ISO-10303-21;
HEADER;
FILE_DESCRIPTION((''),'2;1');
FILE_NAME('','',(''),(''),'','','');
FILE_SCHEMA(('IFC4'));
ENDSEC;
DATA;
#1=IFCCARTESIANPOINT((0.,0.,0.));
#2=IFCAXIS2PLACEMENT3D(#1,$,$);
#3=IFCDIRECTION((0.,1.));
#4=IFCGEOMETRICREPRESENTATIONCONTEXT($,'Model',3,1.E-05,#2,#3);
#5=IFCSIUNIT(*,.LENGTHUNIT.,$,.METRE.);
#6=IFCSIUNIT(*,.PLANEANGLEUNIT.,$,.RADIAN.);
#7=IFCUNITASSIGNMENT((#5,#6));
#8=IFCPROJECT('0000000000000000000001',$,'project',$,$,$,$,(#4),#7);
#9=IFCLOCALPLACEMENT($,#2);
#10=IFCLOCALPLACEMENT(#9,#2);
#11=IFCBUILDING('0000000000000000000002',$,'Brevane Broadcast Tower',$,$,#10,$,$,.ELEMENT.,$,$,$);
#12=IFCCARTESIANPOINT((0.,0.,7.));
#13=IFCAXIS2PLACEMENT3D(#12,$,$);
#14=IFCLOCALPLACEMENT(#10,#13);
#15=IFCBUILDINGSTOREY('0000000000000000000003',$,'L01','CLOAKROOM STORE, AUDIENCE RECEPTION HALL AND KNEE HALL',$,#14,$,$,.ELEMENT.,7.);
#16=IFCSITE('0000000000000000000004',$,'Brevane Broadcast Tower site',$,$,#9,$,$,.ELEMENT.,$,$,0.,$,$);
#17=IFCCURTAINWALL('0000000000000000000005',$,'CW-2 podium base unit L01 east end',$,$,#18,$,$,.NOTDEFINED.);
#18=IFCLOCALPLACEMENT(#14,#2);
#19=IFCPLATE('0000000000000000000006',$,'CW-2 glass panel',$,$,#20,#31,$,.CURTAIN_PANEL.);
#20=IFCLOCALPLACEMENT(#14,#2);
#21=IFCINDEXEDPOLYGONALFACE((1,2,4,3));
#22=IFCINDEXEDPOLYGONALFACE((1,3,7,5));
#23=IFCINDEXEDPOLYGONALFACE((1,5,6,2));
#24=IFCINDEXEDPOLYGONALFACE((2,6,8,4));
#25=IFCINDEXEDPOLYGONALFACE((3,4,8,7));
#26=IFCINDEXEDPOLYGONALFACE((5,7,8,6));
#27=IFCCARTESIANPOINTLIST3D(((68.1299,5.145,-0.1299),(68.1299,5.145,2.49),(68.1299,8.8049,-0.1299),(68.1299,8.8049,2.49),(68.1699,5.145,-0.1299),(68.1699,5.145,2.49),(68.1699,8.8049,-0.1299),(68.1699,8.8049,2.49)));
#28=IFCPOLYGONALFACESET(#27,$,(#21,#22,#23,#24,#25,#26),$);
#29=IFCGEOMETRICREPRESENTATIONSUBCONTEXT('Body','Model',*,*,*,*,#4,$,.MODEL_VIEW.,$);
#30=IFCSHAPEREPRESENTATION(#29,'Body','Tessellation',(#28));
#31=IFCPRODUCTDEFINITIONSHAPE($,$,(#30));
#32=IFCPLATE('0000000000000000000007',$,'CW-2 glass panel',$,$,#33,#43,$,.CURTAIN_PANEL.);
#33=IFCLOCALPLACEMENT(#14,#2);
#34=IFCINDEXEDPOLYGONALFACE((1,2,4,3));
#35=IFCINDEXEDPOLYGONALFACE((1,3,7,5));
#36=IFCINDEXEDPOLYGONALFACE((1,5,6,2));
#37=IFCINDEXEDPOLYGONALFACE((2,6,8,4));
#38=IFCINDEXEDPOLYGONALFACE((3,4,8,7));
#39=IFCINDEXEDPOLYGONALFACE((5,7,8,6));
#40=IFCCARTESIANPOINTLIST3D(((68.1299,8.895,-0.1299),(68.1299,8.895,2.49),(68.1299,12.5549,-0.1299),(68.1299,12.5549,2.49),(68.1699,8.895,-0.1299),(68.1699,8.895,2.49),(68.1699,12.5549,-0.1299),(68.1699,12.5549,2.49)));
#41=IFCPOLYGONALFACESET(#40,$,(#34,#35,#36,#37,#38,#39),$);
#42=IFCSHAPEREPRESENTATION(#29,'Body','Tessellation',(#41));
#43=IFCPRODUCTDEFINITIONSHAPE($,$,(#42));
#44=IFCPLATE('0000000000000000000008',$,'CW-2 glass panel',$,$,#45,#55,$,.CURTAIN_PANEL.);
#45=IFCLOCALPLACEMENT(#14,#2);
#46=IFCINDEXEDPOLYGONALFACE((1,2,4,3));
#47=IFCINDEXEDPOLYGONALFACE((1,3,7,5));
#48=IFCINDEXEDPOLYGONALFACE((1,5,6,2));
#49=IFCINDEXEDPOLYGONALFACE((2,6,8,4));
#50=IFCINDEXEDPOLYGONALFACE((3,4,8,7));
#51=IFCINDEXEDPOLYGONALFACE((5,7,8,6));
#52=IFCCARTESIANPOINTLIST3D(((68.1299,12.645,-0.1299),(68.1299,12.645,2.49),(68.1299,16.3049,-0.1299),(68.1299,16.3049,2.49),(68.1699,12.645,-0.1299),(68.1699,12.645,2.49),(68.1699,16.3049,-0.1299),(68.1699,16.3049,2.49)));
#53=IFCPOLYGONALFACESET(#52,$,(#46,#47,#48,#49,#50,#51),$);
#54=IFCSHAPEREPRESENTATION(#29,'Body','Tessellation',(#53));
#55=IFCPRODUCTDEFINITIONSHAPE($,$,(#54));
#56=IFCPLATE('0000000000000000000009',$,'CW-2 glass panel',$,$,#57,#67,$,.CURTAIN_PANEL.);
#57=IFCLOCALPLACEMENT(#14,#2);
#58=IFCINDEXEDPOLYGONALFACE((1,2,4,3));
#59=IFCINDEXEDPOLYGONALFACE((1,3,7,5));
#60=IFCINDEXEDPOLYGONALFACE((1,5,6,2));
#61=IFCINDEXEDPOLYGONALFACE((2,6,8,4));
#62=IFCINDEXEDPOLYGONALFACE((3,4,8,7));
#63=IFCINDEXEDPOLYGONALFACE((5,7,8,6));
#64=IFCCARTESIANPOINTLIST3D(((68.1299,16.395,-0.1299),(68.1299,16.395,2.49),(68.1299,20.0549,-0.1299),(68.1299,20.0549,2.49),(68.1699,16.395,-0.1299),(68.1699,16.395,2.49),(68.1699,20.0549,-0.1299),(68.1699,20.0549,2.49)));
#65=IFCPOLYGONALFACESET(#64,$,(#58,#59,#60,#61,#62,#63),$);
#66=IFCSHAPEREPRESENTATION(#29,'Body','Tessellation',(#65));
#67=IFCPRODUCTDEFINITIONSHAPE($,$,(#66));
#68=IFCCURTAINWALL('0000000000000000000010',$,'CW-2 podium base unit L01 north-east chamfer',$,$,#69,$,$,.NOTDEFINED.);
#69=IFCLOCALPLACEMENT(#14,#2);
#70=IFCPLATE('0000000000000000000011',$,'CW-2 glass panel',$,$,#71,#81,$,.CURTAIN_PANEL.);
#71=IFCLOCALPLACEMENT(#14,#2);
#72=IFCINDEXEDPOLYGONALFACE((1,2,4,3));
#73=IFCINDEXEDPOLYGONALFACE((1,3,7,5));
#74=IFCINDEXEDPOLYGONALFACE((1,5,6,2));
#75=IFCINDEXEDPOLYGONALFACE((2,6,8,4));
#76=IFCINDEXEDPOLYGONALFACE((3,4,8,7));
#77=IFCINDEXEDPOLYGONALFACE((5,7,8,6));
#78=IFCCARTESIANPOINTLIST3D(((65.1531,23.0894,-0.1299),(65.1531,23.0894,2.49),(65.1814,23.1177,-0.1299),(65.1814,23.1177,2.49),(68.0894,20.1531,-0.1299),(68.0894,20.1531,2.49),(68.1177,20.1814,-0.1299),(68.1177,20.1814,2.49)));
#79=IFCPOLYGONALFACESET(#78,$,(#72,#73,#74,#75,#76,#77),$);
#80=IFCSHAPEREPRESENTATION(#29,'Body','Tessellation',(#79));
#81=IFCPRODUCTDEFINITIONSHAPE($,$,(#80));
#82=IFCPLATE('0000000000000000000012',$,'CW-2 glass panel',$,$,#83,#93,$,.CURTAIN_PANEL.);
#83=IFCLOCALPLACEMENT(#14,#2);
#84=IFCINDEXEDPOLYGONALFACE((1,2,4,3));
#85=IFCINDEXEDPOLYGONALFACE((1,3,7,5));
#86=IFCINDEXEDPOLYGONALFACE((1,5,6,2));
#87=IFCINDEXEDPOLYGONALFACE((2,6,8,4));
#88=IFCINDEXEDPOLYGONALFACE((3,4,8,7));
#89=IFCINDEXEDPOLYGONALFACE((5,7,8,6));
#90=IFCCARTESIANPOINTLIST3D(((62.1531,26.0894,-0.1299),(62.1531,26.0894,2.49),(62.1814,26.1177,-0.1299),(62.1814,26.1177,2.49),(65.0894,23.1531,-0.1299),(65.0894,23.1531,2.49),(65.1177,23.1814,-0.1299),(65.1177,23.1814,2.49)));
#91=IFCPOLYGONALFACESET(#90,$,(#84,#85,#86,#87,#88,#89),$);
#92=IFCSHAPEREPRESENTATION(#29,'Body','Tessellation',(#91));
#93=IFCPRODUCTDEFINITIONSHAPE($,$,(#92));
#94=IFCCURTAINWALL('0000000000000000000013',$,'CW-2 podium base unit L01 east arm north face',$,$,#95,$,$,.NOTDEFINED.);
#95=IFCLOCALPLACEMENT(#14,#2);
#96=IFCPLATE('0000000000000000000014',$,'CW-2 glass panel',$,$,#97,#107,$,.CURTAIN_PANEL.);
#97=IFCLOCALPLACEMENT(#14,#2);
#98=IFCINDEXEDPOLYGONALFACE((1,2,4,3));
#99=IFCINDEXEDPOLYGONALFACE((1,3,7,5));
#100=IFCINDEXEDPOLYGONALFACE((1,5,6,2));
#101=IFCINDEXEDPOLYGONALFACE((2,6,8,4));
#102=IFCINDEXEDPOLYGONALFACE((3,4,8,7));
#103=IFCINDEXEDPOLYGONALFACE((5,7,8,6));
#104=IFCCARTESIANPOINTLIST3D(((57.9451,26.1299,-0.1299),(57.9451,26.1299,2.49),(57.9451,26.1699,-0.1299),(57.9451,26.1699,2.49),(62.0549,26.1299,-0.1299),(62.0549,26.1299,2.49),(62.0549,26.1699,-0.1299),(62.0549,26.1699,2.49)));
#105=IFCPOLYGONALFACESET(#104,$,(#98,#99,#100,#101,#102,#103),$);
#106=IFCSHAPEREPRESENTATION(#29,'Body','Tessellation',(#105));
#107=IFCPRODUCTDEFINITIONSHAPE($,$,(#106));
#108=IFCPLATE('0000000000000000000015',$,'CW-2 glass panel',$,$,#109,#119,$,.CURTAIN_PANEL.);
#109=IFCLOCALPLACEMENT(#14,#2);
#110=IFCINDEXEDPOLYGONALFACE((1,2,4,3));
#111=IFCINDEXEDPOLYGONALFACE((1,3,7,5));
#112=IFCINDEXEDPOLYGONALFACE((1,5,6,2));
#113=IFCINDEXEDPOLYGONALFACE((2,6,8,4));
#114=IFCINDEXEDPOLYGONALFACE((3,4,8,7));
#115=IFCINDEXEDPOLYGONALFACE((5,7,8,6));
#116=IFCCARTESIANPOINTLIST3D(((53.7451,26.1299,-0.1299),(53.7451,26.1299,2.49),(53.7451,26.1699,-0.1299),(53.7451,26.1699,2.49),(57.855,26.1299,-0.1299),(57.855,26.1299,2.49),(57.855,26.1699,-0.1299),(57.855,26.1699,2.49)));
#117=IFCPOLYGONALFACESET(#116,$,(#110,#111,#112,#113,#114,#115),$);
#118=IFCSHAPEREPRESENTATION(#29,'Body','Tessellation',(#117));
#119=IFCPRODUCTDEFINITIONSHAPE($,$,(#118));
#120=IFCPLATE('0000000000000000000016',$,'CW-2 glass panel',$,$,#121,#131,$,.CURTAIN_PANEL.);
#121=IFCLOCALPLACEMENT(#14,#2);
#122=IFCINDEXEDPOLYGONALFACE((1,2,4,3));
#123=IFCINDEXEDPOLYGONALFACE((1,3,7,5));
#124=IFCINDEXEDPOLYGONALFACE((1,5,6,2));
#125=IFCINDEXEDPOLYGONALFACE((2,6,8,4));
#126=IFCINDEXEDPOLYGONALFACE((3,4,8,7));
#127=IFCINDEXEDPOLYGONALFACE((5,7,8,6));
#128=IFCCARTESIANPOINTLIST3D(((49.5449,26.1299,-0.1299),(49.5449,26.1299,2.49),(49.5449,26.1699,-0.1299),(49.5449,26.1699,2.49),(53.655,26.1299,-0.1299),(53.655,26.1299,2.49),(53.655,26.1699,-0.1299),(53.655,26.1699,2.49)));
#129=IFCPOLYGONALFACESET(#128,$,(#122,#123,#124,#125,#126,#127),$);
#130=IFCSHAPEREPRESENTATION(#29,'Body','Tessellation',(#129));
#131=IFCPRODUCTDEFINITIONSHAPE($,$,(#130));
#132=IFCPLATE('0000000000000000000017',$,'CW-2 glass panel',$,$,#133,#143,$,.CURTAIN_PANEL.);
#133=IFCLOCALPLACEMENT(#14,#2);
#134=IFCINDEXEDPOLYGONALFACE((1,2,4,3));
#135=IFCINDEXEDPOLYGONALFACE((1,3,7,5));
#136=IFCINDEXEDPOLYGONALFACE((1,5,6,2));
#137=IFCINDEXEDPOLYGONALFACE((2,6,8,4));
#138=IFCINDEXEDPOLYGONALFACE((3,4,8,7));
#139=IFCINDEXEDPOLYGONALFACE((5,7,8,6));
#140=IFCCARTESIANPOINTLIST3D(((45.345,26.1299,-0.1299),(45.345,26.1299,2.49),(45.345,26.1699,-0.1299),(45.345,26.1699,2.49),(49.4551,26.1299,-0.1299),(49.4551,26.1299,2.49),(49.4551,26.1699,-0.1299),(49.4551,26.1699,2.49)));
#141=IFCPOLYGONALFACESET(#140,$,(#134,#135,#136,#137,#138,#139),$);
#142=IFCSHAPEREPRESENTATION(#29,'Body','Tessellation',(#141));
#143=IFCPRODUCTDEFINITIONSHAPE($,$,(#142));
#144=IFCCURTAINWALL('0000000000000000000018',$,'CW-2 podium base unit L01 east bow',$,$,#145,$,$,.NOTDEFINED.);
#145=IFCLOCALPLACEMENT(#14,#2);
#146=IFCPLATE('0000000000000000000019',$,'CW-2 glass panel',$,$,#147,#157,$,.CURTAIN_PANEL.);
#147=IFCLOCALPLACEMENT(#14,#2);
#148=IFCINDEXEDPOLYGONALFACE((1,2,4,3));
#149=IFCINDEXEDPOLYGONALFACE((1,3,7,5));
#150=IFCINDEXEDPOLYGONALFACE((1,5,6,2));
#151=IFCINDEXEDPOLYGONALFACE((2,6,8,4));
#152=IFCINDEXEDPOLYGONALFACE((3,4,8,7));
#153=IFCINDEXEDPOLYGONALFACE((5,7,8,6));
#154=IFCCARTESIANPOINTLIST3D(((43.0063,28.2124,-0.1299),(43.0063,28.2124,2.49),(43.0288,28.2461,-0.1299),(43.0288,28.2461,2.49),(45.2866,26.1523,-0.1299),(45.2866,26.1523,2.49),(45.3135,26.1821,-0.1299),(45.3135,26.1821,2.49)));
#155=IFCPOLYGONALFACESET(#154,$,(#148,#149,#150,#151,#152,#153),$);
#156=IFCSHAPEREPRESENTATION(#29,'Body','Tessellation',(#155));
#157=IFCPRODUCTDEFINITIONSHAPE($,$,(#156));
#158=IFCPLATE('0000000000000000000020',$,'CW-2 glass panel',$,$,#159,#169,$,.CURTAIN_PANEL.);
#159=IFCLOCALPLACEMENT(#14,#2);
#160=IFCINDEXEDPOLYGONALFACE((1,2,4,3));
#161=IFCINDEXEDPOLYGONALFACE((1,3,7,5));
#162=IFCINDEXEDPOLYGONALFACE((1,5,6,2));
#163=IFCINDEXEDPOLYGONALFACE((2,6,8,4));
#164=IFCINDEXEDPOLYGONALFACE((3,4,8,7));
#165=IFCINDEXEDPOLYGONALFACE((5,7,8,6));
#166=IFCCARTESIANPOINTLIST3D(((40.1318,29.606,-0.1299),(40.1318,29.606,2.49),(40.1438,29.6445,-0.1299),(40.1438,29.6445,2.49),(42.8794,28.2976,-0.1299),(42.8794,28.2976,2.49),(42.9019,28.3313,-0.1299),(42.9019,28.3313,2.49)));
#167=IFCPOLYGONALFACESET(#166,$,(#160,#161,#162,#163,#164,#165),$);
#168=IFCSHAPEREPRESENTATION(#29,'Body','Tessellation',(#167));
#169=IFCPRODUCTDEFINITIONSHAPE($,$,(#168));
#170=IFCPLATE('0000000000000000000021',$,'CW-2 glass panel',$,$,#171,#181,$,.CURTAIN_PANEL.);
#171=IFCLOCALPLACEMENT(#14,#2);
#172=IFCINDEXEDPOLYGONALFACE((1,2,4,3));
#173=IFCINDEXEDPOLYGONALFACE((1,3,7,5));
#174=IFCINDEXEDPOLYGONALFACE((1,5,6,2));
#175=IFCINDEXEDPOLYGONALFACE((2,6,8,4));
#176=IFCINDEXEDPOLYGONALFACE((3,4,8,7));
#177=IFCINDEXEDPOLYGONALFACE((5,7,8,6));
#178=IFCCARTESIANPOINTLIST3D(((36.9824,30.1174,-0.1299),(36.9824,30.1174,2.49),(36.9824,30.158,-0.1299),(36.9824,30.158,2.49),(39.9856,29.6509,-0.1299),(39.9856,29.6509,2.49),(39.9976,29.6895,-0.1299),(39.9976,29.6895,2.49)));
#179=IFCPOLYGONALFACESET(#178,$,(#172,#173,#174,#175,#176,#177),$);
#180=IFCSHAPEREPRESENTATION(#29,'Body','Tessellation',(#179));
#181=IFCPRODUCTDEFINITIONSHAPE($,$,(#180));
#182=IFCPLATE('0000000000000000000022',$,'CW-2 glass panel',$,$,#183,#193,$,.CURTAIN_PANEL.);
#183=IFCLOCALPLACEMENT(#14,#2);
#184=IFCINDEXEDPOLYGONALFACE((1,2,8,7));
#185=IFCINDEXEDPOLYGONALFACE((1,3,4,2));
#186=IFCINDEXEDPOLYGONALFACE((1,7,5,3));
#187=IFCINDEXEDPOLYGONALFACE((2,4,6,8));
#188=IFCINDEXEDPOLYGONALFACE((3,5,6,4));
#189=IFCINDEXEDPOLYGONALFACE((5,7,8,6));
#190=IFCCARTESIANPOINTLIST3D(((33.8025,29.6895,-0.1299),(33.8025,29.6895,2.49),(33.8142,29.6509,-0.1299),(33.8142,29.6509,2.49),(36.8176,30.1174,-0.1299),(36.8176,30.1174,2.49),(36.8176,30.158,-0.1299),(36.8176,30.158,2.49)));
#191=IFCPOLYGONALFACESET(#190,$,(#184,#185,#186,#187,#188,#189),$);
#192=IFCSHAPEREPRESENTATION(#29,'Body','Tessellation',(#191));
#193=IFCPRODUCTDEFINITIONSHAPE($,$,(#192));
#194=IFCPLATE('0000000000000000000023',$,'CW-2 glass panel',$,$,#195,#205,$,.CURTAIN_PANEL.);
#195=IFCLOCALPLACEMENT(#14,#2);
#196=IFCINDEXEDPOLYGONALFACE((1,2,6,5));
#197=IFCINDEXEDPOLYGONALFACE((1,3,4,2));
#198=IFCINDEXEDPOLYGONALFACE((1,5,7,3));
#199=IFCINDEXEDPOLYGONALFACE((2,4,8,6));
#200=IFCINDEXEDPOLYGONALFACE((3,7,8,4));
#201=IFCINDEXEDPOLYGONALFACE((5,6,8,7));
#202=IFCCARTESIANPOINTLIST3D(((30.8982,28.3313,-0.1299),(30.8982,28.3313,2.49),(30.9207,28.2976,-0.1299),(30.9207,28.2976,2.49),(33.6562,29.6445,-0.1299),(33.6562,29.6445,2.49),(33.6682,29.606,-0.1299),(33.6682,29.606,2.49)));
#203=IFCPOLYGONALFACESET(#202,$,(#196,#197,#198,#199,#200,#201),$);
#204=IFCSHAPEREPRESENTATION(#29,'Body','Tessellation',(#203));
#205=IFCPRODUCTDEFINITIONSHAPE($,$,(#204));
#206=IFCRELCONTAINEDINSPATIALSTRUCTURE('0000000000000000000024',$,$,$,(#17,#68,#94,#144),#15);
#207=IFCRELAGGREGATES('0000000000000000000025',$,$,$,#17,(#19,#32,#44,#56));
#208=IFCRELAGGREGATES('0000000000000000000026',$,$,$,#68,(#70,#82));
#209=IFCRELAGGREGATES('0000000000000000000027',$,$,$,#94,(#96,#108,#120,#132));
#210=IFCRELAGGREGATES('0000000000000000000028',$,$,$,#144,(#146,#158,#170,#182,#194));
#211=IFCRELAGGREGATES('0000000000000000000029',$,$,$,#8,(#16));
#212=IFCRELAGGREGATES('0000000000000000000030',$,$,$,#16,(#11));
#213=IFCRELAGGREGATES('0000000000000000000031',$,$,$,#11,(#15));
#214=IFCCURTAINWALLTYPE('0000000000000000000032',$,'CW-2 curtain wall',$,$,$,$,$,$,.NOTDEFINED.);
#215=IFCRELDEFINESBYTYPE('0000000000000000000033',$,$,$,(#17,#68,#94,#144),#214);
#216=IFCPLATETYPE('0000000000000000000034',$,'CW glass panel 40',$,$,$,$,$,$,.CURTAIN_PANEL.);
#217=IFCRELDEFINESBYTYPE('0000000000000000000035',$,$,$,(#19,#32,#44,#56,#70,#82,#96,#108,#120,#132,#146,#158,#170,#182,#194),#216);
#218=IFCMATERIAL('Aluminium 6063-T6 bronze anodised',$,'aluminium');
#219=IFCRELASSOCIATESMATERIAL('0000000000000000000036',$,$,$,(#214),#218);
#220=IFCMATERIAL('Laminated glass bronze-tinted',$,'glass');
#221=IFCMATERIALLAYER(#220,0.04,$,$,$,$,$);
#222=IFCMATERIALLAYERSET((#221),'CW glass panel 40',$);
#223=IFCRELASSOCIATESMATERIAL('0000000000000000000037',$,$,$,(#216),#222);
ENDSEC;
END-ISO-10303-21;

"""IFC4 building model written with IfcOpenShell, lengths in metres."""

from ifc_helpers import new_model, si_unit, direction, frame, origin, place, context, subcontext, project, spatial, polyline, outline, extrude, material, layer, layer_set, type_object, element, aggregate, save


model = new_model("IFC4")

# Units and contexts
model_context = context("Model", 3, precision=1e-05, world=origin(), true_north=direction((0.0, 1.0)))
body_context = subcontext(model_context, "Body", "Model", "MODEL_VIEW")
ifc_project = project(units=[si_unit("LENGTHUNIT", "METRE"), si_unit("PLANEANGLEUNIT", "RADIAN")], contexts=[model_context])

# Site, building, storey
site_placement = place(None, origin())
site = spatial("IfcSite", under=ifc_project, at=site_placement, Name="Brevane Broadcast Tower site", CompositionType="ELEMENT", RefElevation=0.0)
building_placement = place(site_placement, origin())
building = spatial("IfcBuilding", under=site, at=building_placement, Name="Brevane Broadcast Tower", CompositionType="ELEMENT")
storey_placement = place(building_placement, frame((0.0, 0.0, 7.0)))
storey = spatial("IfcBuildingStorey", under=building, at=storey_placement, Name="L01", Description="CLOAKROOM STORE, AUDIENCE RECEPTION HALL AND KNEE HALL", CompositionType="ELEMENT", Elevation=7.0)

# Curtain walls, plates
ifc_material_1 = material(Name="Aluminium 6063-T6 bronze anodised", Category="aluminium")
curtain_wall_type = type_object("IfcCurtainWallType", Name="CW-2 curtain wall", PredefinedType="NOTDEFINED", material=ifc_material_1)
ifc_material_2 = material(Name="Laminated glass bronze-tinted", Category="glass")
ifc_layer = layer(ifc_material_2, 0.04)
ifc_layer_set = layer_set([ifc_layer], Name="CW glass panel 40")
plate_type = type_object("IfcPlateType", Name="CW glass panel 40", PredefinedType="CURTAIN_PANEL", material=ifc_layer_set)
curtain_wall_1_placement = place(storey_placement, origin())
curtain_wall_1 = element("IfcCurtainWall", 1, at=curtain_wall_1_placement, inside=storey, type_object=curtain_wall_type, Name="CW-2 podium base unit L01 east end", PredefinedType="NOTDEFINED")
plate_1_placement = place(storey_placement, frame((0.0, 0.0, -0.1299)))
plate_1 = element("IfcPlate", 2, at=plate_1_placement, type_object=plate_type, Name="CW-2 glass panel", PredefinedType="CURTAIN_PANEL", context=body_context, shape_type="SweptSolid", body=[
    extrude(outline(polyline([(68.1699, 8.8049), (68.1299, 8.8049), (68.1299, 5.145), (68.1699, 5.145), (68.1699, 8.8049)])), origin(), (0.0, 0.0, 1.0), 2.6199),
])
plate_2_placement = place(storey_placement, frame((0.0, 0.0, -0.1299)))
plate_2 = element("IfcPlate", 3, at=plate_2_placement, type_object=plate_type, Name="CW-2 glass panel", PredefinedType="CURTAIN_PANEL", context=body_context, shape_type="SweptSolid", body=[
    extrude(outline(polyline([(68.1699, 12.5549), (68.1299, 12.5549), (68.1299, 8.895), (68.1699, 8.895), (68.1699, 12.5549)])), origin(), (0.0, 0.0, 1.0), 2.6199),
])
plate_3_placement = place(storey_placement, frame((0.0, 0.0, -0.1299)))
plate_3 = element("IfcPlate", 4, at=plate_3_placement, type_object=plate_type, Name="CW-2 glass panel", PredefinedType="CURTAIN_PANEL", context=body_context, shape_type="SweptSolid", body=[
    extrude(outline(polyline([(68.1699, 16.3049), (68.1299, 16.3049), (68.1299, 12.645), (68.1699, 12.645), (68.1699, 16.3049)])), origin(), (0.0, 0.0, 1.0), 2.6199),
])
plate_4_placement = place(storey_placement, frame((0.0, 0.0, -0.1299)))
plate_4 = element("IfcPlate", 5, at=plate_4_placement, type_object=plate_type, Name="CW-2 glass panel", PredefinedType="CURTAIN_PANEL", context=body_context, shape_type="SweptSolid", body=[
    extrude(outline(polyline([(68.1699, 20.0549), (68.1299, 20.0549), (68.1299, 16.395), (68.1699, 16.395), (68.1699, 20.0549)])), origin(), (0.0, 0.0, 1.0), 2.6199),
])
aggregate(curtain_wall_1, [plate_1, plate_2, plate_3, plate_4])
curtain_wall_2_placement = place(storey_placement, origin())
curtain_wall_2 = element("IfcCurtainWall", 6, at=curtain_wall_2_placement, inside=storey, type_object=curtain_wall_type, Name="CW-2 podium base unit L01 north-east chamfer", PredefinedType="NOTDEFINED")
plate_5_placement = place(storey_placement, frame((0.0, 0.0, -0.1299)))
plate_5 = element("IfcPlate", 7, at=plate_5_placement, type_object=plate_type, Name="CW-2 glass panel", PredefinedType="CURTAIN_PANEL", context=body_context, shape_type="SweptSolid", body=[
    extrude(outline(polyline([(68.0894, 20.1531), (65.1531, 23.0894), (65.1814, 23.1177), (68.1177, 20.1814), (68.0894, 20.1531)])), origin(), (0.0, 0.0, 1.0), 2.6199),
])
plate_6_placement = place(storey_placement, frame((0.0, 0.0, -0.1299)))
plate_6 = element("IfcPlate", 8, at=plate_6_placement, type_object=plate_type, Name="CW-2 glass panel", PredefinedType="CURTAIN_PANEL", context=body_context, shape_type="SweptSolid", body=[
    extrude(outline(polyline([(65.0894, 23.1531), (62.1531, 26.0894), (62.1814, 26.1177), (65.1177, 23.1814), (65.0894, 23.1531)])), origin(), (0.0, 0.0, 1.0), 2.6199),
])
aggregate(curtain_wall_2, [plate_5, plate_6])
curtain_wall_3_placement = place(storey_placement, origin())
curtain_wall_3 = element("IfcCurtainWall", 9, at=curtain_wall_3_placement, inside=storey, type_object=curtain_wall_type, Name="CW-2 podium base unit L01 east arm north face", PredefinedType="NOTDEFINED")
plate_7_placement = place(storey_placement, frame((0.0, 0.0, -0.1299)))
plate_7 = element("IfcPlate", 10, at=plate_7_placement, type_object=plate_type, Name="CW-2 glass panel", PredefinedType="CURTAIN_PANEL", context=body_context, shape_type="SweptSolid", body=[
    extrude(outline(polyline([(57.9451, 26.1699), (57.9451, 26.1299), (62.0549, 26.1299), (62.0549, 26.1699), (57.9451, 26.1699)])), origin(), (0.0, 0.0, 1.0), 2.6199),
])
plate_8_placement = place(storey_placement, frame((0.0, 0.0, -0.1299)))
plate_8 = element("IfcPlate", 11, at=plate_8_placement, type_object=plate_type, Name="CW-2 glass panel", PredefinedType="CURTAIN_PANEL", context=body_context, shape_type="SweptSolid", body=[
    extrude(outline(polyline([(53.7451, 26.1699), (53.7451, 26.1299), (57.855, 26.1299), (57.855, 26.1699), (53.7451, 26.1699)])), origin(), (0.0, 0.0, 1.0), 2.6199),
])
plate_9_placement = place(storey_placement, frame((0.0, 0.0, -0.1299)))
plate_9 = element("IfcPlate", 12, at=plate_9_placement, type_object=plate_type, Name="CW-2 glass panel", PredefinedType="CURTAIN_PANEL", context=body_context, shape_type="SweptSolid", body=[
    extrude(outline(polyline([(49.5449, 26.1699), (49.5449, 26.1299), (53.655, 26.1299), (53.655, 26.1699), (49.5449, 26.1699)])), origin(), (0.0, 0.0, 1.0), 2.6199),
])
plate_10_placement = place(storey_placement, frame((0.0, 0.0, -0.1299)))
plate_10 = element("IfcPlate", 13, at=plate_10_placement, type_object=plate_type, Name="CW-2 glass panel", PredefinedType="CURTAIN_PANEL", context=body_context, shape_type="SweptSolid", body=[
    extrude(outline(polyline([(45.345, 26.1699), (45.345, 26.1299), (49.4551, 26.1299), (49.4551, 26.1699), (45.345, 26.1699)])), origin(), (0.0, 0.0, 1.0), 2.6199),
])
aggregate(curtain_wall_3, [plate_7, plate_8, plate_9, plate_10])
curtain_wall_4_placement = place(storey_placement, origin())
curtain_wall_4 = element("IfcCurtainWall", 14, at=curtain_wall_4_placement, inside=storey, type_object=curtain_wall_type, Name="CW-2 podium base unit L01 east bow", PredefinedType="NOTDEFINED")
plate_11_placement = place(storey_placement, frame((0.0, 0.0, -0.1299)))
plate_11 = element("IfcPlate", 15, at=plate_11_placement, type_object=plate_type, Name="CW-2 glass panel", PredefinedType="CURTAIN_PANEL", context=body_context, shape_type="SweptSolid", body=[
    extrude(outline(polyline([(45.2866, 26.1523), (45.3135, 26.1821), (43.0288, 28.2461), (43.0063, 28.2124), (45.2866, 26.1523)])), origin(), (0.0, 0.0, 1.0), 2.6199),
])
plate_12_placement = place(storey_placement, frame((0.0, 0.0, -0.1299)))
plate_12 = element("IfcPlate", 16, at=plate_12_placement, type_object=plate_type, Name="CW-2 glass panel", PredefinedType="CURTAIN_PANEL", context=body_context, shape_type="SweptSolid", body=[
    extrude(outline(polyline([(42.8794, 28.2976), (42.9019, 28.3313), (40.1438, 29.6445), (40.1318, 29.606), (42.8794, 28.2976)])), origin(), (0.0, 0.0, 1.0), 2.6199),
])
plate_13_placement = place(storey_placement, frame((0.0, 0.0, -0.1299)))
plate_13 = element("IfcPlate", 17, at=plate_13_placement, type_object=plate_type, Name="CW-2 glass panel", PredefinedType="CURTAIN_PANEL", context=body_context, shape_type="SweptSolid", body=[
    extrude(outline(polyline([(39.9856, 29.6509), (39.9976, 29.6895), (36.9824, 30.158), (36.9824, 30.1174), (39.9856, 29.6509)])), origin(), (0.0, 0.0, 1.0), 2.6199),
])
plate_14_placement = place(storey_placement, frame((0.0, 0.0, -0.1299)))
plate_14 = element("IfcPlate", 18, at=plate_14_placement, type_object=plate_type, Name="CW-2 glass panel", PredefinedType="CURTAIN_PANEL", context=body_context, shape_type="SweptSolid", body=[
    extrude(outline(polyline([(36.8176, 30.1174), (36.8176, 30.158), (33.8025, 29.6895), (33.8142, 29.6509), (36.8176, 30.1174)])), origin(), (0.0, 0.0, 1.0), 2.6199),
])
plate_15_placement = place(storey_placement, frame((0.0, 0.0, -0.1299)))
plate_15 = element("IfcPlate", 19, at=plate_15_placement, type_object=plate_type, Name="CW-2 glass panel", PredefinedType="CURTAIN_PANEL", context=body_context, shape_type="SweptSolid", body=[
    extrude(outline(polyline([(33.6682, 29.606), (33.6562, 29.6445), (30.8982, 28.3313), (30.9207, 28.2976), (33.6682, 29.606)])), origin(), (0.0, 0.0, 1.0), 2.6199),
])
aggregate(curtain_wall_4, [plate_11, plate_12, plate_13, plate_14, plate_15])

save(model, "model.ifc")
